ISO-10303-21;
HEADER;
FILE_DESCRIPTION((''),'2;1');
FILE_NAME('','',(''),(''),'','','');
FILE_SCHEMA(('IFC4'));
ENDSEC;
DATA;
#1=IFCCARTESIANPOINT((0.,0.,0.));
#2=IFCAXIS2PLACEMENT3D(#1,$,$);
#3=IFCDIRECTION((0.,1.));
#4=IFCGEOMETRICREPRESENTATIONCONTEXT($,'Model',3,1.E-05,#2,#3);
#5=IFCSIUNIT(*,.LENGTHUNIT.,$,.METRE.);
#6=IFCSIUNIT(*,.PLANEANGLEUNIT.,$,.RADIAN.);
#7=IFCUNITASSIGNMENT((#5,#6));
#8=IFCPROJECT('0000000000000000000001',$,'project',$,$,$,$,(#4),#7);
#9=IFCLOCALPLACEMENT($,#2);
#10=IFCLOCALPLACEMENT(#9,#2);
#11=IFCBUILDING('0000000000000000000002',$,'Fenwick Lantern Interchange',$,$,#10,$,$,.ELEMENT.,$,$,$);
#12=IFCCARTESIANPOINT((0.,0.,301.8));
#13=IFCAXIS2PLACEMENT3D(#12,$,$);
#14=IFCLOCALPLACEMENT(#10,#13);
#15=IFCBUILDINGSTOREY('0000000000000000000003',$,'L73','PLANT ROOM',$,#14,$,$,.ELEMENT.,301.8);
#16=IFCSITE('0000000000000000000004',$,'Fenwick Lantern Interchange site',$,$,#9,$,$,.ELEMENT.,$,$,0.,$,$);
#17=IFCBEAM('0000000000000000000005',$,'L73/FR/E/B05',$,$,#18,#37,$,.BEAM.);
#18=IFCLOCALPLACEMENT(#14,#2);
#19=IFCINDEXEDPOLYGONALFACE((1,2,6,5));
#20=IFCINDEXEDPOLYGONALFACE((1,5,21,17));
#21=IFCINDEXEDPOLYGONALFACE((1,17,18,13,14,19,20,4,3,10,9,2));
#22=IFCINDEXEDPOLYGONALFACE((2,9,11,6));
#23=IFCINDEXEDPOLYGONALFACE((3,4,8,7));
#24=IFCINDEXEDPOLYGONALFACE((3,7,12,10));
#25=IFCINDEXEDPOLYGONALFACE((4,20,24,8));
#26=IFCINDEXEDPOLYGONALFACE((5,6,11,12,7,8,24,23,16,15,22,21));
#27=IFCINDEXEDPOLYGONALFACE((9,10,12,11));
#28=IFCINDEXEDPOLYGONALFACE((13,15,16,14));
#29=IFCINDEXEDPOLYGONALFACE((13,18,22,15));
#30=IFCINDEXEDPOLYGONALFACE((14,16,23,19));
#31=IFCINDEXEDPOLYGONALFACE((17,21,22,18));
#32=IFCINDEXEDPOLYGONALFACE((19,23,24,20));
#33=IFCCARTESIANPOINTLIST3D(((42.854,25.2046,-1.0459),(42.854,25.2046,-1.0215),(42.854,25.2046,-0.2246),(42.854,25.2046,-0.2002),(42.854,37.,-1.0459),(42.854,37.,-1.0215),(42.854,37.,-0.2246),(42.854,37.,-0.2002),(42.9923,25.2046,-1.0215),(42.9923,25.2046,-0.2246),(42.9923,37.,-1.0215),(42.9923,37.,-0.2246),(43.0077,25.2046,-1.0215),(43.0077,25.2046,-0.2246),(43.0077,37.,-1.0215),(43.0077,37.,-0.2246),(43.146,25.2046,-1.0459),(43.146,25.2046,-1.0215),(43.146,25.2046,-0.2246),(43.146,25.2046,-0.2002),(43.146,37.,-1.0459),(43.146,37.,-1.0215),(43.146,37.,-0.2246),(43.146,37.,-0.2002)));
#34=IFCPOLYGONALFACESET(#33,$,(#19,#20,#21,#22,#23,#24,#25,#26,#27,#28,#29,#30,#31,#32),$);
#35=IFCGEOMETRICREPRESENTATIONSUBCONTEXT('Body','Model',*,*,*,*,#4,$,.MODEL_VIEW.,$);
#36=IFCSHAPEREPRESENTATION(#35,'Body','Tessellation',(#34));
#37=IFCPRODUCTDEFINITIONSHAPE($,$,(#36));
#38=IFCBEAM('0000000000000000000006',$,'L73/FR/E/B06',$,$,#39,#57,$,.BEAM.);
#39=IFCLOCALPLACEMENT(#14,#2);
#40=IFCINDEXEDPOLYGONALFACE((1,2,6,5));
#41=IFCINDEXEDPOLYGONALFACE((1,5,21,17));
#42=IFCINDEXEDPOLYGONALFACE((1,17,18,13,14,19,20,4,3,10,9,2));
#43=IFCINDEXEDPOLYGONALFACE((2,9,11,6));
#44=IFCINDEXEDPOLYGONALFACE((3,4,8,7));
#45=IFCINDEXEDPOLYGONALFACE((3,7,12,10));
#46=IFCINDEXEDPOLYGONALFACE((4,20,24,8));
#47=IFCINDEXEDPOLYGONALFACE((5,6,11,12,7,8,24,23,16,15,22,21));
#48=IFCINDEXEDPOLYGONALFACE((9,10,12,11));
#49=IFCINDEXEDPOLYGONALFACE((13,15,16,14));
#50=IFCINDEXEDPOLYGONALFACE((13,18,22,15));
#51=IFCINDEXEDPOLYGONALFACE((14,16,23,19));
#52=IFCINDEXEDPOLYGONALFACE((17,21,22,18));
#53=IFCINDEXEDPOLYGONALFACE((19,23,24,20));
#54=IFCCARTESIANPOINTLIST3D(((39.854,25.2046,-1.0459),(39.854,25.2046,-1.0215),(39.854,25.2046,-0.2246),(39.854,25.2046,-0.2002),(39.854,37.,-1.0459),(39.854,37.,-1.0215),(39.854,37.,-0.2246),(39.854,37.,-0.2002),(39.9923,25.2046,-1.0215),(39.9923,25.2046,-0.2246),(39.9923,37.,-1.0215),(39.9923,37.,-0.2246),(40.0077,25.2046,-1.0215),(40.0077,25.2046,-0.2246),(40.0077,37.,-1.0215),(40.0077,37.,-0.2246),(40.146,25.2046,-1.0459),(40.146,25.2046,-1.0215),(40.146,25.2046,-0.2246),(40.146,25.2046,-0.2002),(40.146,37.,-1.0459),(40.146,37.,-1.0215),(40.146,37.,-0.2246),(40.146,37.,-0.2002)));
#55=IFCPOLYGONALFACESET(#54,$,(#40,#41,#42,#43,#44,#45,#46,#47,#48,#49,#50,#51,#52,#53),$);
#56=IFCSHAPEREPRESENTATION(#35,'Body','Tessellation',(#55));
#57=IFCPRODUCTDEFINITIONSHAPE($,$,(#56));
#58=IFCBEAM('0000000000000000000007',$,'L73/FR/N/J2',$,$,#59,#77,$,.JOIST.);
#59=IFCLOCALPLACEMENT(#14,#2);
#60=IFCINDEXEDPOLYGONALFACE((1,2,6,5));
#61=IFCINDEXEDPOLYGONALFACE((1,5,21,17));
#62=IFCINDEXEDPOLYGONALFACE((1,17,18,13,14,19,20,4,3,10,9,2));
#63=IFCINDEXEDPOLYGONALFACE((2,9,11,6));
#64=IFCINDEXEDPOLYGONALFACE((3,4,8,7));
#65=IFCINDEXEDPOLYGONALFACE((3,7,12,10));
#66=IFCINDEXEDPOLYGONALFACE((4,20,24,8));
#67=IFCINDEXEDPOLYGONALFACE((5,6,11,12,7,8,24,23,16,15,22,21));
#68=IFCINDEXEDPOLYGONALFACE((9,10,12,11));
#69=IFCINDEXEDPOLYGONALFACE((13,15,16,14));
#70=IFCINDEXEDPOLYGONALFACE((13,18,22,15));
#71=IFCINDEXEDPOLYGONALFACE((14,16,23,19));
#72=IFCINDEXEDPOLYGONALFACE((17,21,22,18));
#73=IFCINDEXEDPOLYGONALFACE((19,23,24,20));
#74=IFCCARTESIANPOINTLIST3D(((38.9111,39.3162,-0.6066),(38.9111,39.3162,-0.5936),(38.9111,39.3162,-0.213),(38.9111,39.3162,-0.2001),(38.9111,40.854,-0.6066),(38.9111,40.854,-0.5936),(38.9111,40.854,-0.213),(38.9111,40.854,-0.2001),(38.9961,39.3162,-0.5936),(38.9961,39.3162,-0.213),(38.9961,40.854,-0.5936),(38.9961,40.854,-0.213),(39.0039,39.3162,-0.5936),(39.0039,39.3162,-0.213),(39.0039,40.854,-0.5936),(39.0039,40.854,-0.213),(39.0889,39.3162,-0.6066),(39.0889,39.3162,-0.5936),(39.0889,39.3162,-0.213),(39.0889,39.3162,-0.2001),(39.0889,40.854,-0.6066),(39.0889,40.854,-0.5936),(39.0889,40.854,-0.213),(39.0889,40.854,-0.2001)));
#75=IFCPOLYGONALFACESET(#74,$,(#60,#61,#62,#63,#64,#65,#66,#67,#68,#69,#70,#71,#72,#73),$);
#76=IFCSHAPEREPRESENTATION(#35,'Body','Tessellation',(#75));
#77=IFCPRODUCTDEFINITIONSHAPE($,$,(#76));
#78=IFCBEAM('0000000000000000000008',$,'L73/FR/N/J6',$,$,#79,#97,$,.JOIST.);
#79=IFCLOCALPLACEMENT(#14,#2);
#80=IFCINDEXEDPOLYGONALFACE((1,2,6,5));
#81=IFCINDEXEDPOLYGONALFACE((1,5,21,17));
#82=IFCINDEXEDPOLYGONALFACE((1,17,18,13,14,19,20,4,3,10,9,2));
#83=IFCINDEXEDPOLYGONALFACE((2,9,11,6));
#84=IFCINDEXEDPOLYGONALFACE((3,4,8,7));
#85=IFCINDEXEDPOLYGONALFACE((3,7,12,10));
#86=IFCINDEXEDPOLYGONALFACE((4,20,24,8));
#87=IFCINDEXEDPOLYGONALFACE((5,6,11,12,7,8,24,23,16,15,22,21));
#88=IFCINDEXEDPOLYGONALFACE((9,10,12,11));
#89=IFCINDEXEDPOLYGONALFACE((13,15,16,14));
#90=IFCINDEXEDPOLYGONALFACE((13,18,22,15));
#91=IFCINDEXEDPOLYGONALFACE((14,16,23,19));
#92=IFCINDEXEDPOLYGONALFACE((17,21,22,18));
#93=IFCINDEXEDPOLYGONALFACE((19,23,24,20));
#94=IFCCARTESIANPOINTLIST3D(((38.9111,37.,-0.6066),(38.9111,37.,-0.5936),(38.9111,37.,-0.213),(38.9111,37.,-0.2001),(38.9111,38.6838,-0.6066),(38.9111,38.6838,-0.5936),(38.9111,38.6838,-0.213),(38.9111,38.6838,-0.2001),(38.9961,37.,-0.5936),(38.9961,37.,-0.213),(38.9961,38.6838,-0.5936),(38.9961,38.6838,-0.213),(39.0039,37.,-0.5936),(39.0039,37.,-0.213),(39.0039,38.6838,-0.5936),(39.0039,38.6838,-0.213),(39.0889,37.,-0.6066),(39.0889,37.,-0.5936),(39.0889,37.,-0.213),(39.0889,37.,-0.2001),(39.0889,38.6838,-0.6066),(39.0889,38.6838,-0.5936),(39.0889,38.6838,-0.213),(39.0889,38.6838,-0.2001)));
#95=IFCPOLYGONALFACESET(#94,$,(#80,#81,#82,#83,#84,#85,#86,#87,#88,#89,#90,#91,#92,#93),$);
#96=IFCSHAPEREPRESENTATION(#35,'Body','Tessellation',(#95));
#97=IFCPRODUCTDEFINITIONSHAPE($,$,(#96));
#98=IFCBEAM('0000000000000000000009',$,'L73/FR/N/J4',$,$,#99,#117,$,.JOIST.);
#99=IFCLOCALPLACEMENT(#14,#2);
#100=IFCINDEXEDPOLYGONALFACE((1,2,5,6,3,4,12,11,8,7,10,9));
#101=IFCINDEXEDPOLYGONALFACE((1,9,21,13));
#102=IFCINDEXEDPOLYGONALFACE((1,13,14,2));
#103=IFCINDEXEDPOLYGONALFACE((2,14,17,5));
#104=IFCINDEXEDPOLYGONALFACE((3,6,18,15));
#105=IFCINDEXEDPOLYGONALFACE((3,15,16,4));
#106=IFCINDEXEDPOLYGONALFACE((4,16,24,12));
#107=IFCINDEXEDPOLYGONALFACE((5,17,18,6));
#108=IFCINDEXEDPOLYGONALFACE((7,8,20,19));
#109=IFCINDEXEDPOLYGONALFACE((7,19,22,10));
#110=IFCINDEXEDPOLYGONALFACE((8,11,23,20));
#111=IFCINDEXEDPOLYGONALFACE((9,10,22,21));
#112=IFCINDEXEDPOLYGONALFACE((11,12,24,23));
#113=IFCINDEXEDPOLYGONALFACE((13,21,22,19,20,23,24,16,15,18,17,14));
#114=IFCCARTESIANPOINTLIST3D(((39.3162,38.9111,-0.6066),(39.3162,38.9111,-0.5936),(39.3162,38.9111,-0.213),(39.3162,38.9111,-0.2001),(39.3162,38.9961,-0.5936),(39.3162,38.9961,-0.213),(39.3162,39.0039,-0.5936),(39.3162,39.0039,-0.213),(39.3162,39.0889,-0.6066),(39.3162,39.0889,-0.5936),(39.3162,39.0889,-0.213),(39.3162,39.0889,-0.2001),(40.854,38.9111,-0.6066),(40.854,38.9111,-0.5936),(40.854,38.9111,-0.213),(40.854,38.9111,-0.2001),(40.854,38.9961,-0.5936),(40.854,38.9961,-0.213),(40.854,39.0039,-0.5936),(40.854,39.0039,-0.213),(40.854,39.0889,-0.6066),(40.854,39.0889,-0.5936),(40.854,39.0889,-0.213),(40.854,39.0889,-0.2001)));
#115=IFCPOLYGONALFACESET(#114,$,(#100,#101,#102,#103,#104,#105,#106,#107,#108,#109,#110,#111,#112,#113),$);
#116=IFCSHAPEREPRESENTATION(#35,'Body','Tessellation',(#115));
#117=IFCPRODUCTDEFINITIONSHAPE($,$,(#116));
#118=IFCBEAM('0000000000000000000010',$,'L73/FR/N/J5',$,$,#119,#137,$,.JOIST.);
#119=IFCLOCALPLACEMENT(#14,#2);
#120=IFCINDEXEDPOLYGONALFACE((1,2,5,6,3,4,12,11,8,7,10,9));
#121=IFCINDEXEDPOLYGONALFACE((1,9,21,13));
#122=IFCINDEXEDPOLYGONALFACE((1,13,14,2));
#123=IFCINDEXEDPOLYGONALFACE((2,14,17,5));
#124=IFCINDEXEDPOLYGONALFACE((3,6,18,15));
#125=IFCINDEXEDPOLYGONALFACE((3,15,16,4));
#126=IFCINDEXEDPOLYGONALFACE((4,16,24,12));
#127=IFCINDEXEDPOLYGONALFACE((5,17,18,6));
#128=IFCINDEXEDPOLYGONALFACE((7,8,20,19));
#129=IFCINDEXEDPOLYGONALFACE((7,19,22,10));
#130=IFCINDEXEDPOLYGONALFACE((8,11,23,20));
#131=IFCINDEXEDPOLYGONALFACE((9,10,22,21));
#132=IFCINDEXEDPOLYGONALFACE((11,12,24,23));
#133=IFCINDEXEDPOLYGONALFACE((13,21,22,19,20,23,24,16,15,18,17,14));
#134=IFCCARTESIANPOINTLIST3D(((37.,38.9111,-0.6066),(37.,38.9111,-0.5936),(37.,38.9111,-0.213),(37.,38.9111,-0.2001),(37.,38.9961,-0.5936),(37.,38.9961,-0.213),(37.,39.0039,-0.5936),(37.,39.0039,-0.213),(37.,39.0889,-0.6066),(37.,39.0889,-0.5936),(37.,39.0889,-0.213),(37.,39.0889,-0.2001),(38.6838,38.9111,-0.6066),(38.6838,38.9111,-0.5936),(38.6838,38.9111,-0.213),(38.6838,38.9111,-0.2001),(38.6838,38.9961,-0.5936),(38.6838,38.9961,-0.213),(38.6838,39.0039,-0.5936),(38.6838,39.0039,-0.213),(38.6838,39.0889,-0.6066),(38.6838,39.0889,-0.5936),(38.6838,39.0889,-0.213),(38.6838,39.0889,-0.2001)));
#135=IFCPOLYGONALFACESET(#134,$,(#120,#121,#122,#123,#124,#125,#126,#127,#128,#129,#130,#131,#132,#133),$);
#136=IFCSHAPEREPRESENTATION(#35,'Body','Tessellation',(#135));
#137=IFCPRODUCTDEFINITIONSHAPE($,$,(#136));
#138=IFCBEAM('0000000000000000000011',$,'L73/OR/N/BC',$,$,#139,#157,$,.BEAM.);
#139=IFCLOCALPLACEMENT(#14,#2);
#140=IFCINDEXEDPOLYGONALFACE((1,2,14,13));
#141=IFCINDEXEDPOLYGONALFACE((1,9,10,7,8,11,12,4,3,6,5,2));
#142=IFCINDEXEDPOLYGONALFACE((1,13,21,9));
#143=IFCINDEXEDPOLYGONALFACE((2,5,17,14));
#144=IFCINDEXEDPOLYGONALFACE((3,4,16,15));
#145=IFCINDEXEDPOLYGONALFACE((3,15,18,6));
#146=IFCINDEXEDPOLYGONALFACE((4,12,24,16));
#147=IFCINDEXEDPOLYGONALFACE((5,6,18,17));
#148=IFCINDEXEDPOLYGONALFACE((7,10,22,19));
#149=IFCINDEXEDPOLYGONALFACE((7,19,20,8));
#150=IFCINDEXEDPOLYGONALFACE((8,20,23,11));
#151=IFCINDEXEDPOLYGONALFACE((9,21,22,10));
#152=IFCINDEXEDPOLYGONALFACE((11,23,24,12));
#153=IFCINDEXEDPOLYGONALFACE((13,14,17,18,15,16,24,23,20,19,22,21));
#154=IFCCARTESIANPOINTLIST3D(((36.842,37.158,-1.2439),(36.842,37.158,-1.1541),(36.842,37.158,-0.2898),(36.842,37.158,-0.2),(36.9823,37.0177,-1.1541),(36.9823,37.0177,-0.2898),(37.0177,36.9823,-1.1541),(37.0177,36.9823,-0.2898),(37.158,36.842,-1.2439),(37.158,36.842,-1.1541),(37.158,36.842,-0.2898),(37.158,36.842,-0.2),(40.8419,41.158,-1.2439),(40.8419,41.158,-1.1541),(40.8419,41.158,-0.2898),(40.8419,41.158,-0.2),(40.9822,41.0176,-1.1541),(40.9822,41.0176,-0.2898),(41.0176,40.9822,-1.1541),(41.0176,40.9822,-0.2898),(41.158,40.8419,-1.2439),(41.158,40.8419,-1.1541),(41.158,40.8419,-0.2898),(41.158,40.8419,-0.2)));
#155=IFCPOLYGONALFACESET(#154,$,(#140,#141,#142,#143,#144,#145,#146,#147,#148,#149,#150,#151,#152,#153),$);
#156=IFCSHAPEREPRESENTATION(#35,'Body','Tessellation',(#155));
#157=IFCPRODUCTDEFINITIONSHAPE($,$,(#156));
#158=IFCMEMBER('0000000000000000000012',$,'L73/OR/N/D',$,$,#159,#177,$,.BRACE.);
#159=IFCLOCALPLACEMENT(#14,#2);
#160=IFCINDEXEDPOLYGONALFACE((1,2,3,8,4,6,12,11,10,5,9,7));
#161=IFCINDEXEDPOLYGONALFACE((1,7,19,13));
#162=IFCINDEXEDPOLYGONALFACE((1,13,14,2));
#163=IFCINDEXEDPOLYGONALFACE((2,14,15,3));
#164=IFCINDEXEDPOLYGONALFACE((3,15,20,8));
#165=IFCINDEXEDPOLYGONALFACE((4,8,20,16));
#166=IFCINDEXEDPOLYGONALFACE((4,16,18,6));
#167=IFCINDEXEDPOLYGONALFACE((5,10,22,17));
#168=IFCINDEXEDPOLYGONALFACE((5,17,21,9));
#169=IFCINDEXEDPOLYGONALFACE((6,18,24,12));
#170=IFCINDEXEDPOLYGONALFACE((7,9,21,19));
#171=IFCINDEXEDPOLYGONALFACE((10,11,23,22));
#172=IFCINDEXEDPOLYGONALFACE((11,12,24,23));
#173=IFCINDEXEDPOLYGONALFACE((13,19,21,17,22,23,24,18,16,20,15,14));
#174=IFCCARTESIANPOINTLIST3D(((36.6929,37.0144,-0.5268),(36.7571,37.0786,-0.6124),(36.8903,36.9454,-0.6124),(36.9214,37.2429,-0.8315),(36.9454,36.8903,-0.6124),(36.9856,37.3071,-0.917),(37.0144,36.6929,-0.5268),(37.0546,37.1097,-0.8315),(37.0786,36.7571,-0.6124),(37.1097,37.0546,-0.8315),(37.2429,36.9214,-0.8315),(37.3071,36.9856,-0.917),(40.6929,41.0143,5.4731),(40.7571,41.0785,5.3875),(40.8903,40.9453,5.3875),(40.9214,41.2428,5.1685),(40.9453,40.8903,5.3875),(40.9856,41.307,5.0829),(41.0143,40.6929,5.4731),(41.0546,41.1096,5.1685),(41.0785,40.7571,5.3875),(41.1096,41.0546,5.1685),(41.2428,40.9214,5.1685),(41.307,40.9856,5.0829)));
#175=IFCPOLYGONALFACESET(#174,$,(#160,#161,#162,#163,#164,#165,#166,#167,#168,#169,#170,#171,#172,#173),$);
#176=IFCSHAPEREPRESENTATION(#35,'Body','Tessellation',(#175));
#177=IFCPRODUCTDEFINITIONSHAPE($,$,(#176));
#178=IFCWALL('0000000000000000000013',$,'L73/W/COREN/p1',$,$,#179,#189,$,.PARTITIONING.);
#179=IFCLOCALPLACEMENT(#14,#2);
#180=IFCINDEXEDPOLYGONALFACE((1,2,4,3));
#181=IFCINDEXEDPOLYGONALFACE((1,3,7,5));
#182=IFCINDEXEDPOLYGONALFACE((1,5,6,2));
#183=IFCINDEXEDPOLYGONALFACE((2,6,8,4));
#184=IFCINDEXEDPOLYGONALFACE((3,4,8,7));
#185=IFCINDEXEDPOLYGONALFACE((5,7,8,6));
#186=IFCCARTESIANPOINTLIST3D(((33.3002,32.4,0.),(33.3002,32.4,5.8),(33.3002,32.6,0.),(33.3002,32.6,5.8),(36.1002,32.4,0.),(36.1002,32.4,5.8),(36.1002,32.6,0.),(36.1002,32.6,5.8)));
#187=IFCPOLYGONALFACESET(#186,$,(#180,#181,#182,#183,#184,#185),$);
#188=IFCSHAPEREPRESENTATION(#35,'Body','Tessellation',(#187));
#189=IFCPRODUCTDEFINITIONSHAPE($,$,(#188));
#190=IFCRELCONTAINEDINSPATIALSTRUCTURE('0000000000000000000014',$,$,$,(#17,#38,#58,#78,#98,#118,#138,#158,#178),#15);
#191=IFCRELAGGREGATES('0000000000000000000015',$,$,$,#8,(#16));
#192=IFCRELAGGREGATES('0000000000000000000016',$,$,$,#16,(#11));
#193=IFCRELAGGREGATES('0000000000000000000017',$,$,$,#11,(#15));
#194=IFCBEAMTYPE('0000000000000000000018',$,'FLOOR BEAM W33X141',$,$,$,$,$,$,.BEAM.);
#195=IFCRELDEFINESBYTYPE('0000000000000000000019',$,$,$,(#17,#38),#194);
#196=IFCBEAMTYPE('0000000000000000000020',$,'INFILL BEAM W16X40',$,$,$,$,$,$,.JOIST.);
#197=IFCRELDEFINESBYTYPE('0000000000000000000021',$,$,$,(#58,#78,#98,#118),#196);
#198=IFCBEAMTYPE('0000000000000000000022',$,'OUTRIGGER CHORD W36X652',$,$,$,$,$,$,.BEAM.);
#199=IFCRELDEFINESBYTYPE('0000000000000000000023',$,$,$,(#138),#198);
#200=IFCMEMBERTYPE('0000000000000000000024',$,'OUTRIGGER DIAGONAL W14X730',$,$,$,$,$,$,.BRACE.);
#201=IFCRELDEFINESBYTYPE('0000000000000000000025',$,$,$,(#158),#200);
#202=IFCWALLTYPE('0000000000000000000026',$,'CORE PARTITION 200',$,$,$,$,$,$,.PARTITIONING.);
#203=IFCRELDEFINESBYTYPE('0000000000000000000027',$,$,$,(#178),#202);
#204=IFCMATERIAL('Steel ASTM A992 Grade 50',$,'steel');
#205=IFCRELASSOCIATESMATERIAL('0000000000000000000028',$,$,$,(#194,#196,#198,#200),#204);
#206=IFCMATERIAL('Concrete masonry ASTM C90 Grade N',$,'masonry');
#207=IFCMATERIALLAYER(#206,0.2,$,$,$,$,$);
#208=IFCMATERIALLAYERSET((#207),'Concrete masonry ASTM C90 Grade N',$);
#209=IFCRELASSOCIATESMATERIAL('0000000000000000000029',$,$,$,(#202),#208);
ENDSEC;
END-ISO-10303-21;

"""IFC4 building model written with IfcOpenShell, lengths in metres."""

from ifc_helpers import new_model, si_unit, direction, frame, frame_2d, origin, origin_2d, place, context, subcontext, project, spatial, rectangle, i_section, extrude, material, layer, layer_set, material_profile, profile_set, type_object, element, save


model = new_model("IFC4")

# Units and contexts
model_context = context("Model", 3, precision=1e-05, world=origin(), true_north=direction((0.0, 1.0)))
body_context = subcontext(model_context, "Body", "Model", "MODEL_VIEW")
ifc_project = project(units=[si_unit("LENGTHUNIT", "METRE"), si_unit("PLANEANGLEUNIT", "RADIAN")], contexts=[model_context])

# Site, building, storey
site_placement = place(None, origin())
site = spatial("IfcSite", under=ifc_project, at=site_placement, Name="Fenwick Lantern Interchange site", CompositionType="ELEMENT", RefElevation=0.0)
building_placement = place(site_placement, origin())
building = spatial("IfcBuilding", under=site, at=building_placement, Name="Fenwick Lantern Interchange", CompositionType="ELEMENT")
storey_placement = place(building_placement, frame((0.0, 0.0, 301.8)))
storey = spatial("IfcBuildingStorey", under=building, at=storey_placement, Name="L73", Description="PLANT ROOM", CompositionType="ELEMENT", Elevation=301.8)

# Beams
ifc_material_1 = material(Name="Steel ASTM A992 Grade 50", Category="steel")
ifc_material_profile_1 = material_profile(ifc_material_1, i_section(OverallWidth=0.292, OverallDepth=0.8457, WebThickness=0.0154, FlangeThickness=0.0244, at=origin_2d()), Name="W33X141")
ifc_profile_set_1 = profile_set([ifc_material_profile_1], Name="Steel ASTM A992 Grade 50")
beam_type_1 = type_object("IfcBeamType", Name="FLOOR BEAM W33X141", PredefinedType="BEAM", material=ifc_profile_set_1)
for number, where, z_axis, x_axis, name in (
    (1, (43.0, 25.2046, -0.623), (0.0, 1.0, 0.0), (-1.0, 0.0, 0.0), "L73/FR/E/B05"),
    (2, (40.0, 25.2046, -0.623), (0.0, 1.0, 0.0), (-1.0, 0.0, 0.0), "L73/FR/E/B06"),
):
    element("IfcBeam", number, at=place(storey_placement, frame(where, z_axis=z_axis, x_axis=x_axis)), inside=storey, type_object=beam_type_1, Name=name, PredefinedType="BEAM", context=body_context, shape_type="SweptSolid", body=[
        extrude(i_section(OverallWidth=0.292, OverallDepth=0.8457, WebThickness=0.0154, FlangeThickness=0.0244, at=origin_2d()), origin(), (0.0, 0.0, 1.0), 11.7954),
    ])
ifc_material_profile_2 = material_profile(ifc_material_1, i_section(OverallWidth=0.1777, OverallDepth=0.4065, WebThickness=0.0078, FlangeThickness=0.0129, at=origin_2d()), Name="W16X40")
ifc_profile_set_2 = profile_set([ifc_material_profile_2], Name="Steel ASTM A992 Grade 50")
beam_type_2 = type_object("IfcBeamType", Name="INFILL BEAM W16X40", PredefinedType="JOIST", material=ifc_profile_set_2)
beam_1_placement = place(storey_placement, frame((39.0, 40.854, -0.4033), z_axis=(0.0, -1.0, 0.0), x_axis=(1.0, 0.0, 0.0)))
element("IfcBeam", 3, at=beam_1_placement, inside=storey, type_object=beam_type_2, Name="L73/FR/N/J2", PredefinedType="JOIST", context=body_context, shape_type="SweptSolid", body=[
    extrude(i_section(OverallWidth=0.1777, OverallDepth=0.4065, WebThickness=0.0078, FlangeThickness=0.0129, at=origin_2d()), origin(), (0.0, 0.0, 1.0), 1.5378),
])
beam_2_placement = place(storey_placement, frame((39.0, 38.6838, -0.4033), z_axis=(0.0, -1.0, 0.0), x_axis=(1.0, 0.0, 0.0)))
element("IfcBeam", 4, at=beam_2_placement, inside=storey, type_object=beam_type_2, Name="L73/FR/N/J6", PredefinedType="JOIST", context=body_context, shape_type="SweptSolid", body=[
    extrude(i_section(OverallWidth=0.1777, OverallDepth=0.4065, WebThickness=0.0078, FlangeThickness=0.0129, at=origin_2d()), origin(), (0.0, 0.0, 1.0), 1.6838),
])
beam_3_placement = place(storey_placement, frame((40.854, 39.0, -0.4033), z_axis=(-1.0, 0.0, 0.0), x_axis=(0.0, -1.0, 0.0)))
element("IfcBeam", 5, at=beam_3_placement, inside=storey, type_object=beam_type_2, Name="L73/FR/N/J4", PredefinedType="JOIST", context=body_context, shape_type="SweptSolid", body=[
    extrude(i_section(OverallWidth=0.1777, OverallDepth=0.4065, WebThickness=0.0078, FlangeThickness=0.0129, at=origin_2d()), origin(), (0.0, 0.0, 1.0), 1.5378),
])
beam_4_placement = place(storey_placement, frame((38.6838, 39.0, -0.4033), z_axis=(-1.0, 0.0, 0.0), x_axis=(0.0, -1.0, 0.0)))
element("IfcBeam", 6, at=beam_4_placement, inside=storey, type_object=beam_type_2, Name="L73/FR/N/J5", PredefinedType="JOIST", context=body_context, shape_type="SweptSolid", body=[
    extrude(i_section(OverallWidth=0.1777, OverallDepth=0.4065, WebThickness=0.0078, FlangeThickness=0.0129, at=origin_2d()), origin(), (0.0, 0.0, 1.0), 1.6838),
])
ifc_material_profile_3 = material_profile(ifc_material_1, i_section(OverallWidth=0.447, OverallDepth=1.0439, WebThickness=0.05, FlangeThickness=0.0898, at=origin_2d()), Name="W36X652")
ifc_profile_set_3 = profile_set([ifc_material_profile_3], Name="Steel ASTM A992 Grade 50")
beam_type_3 = type_object("IfcBeamType", Name="OUTRIGGER CHORD W36X652", PredefinedType="BEAM", material=ifc_profile_set_3)
beam_5_placement = place(storey_placement, frame((37.0, 37.0, -0.7219), z_axis=(0.707107, 0.707107, 0.0), x_axis=(-0.707107, 0.707107, 0.0)))
element("IfcBeam", 7, at=beam_5_placement, inside=storey, type_object=beam_type_3, Name="L73/OR/N/BC", PredefinedType="BEAM", context=body_context, shape_type="SweptSolid", body=[
    extrude(i_section(OverallWidth=0.447, OverallDepth=1.0439, WebThickness=0.05, FlangeThickness=0.0898, at=origin_2d()), origin(), (0.0, 0.0, 1.0), 5.6567),
])

# Member
ifc_material_profile_4 = material_profile(ifc_material_1, i_section(OverallWidth=0.4546, OverallDepth=0.5688, WebThickness=0.0779, FlangeThickness=0.1248, at=origin_2d()), Name="W14X730")
ifc_profile_set_4 = profile_set([ifc_material_profile_4], Name="Steel ASTM A992 Grade 50")
member_type = type_object("IfcMemberType", Name="OUTRIGGER DIAGONAL W14X730", PredefinedType="BRACE", material=ifc_profile_set_4)
member_placement = place(storey_placement, frame((37.0, 37.0, -0.7219), z_axis=(0.485071, 0.485071, 0.727607), x_axis=(-0.707107, 0.707107, 0.0)))
element("IfcMember", 8, at=member_placement, inside=storey, type_object=member_type, Name="L73/OR/N/D", PredefinedType="BRACE", context=body_context, shape_type="SweptSolid", body=[
    extrude(i_section(OverallWidth=0.4546, OverallDepth=0.5688, WebThickness=0.0779, FlangeThickness=0.1248, at=origin_2d()), origin(), (0.0, 0.0, 1.0), 8.2461),
])

# Wall
ifc_material_2 = material(Name="Concrete masonry ASTM C90 Grade N", Category="masonry")
ifc_layer_1 = layer(ifc_material_2, 0.2)
ifc_layer_set_1 = layer_set([ifc_layer_1], Name="Concrete masonry ASTM C90 Grade N")
wall_type_1 = type_object("IfcWallType", Name="CORE PARTITION 200", PredefinedType="PARTITIONING", material=ifc_layer_set_1)
wall_1_placement = place(storey_placement, frame((36.1001, 32.5, 0.0), z_axis=(0.0, 0.0, 1.0), x_axis=(-1.0, 0.0, 0.0)))
element("IfcWall", 9, at=wall_1_placement, inside=storey, type_object=wall_type_1, Name="L73/W/COREN/p1", PredefinedType="PARTITIONING", context=body_context, shape_type="SweptSolid", body=[
    extrude(rectangle(XDim=2.8, YDim=0.2, at=frame_2d((1.3999, 0.0))), origin(), (0.0, 0.0, 1.0), 5.8),
])

save(model, "model.ifc")
